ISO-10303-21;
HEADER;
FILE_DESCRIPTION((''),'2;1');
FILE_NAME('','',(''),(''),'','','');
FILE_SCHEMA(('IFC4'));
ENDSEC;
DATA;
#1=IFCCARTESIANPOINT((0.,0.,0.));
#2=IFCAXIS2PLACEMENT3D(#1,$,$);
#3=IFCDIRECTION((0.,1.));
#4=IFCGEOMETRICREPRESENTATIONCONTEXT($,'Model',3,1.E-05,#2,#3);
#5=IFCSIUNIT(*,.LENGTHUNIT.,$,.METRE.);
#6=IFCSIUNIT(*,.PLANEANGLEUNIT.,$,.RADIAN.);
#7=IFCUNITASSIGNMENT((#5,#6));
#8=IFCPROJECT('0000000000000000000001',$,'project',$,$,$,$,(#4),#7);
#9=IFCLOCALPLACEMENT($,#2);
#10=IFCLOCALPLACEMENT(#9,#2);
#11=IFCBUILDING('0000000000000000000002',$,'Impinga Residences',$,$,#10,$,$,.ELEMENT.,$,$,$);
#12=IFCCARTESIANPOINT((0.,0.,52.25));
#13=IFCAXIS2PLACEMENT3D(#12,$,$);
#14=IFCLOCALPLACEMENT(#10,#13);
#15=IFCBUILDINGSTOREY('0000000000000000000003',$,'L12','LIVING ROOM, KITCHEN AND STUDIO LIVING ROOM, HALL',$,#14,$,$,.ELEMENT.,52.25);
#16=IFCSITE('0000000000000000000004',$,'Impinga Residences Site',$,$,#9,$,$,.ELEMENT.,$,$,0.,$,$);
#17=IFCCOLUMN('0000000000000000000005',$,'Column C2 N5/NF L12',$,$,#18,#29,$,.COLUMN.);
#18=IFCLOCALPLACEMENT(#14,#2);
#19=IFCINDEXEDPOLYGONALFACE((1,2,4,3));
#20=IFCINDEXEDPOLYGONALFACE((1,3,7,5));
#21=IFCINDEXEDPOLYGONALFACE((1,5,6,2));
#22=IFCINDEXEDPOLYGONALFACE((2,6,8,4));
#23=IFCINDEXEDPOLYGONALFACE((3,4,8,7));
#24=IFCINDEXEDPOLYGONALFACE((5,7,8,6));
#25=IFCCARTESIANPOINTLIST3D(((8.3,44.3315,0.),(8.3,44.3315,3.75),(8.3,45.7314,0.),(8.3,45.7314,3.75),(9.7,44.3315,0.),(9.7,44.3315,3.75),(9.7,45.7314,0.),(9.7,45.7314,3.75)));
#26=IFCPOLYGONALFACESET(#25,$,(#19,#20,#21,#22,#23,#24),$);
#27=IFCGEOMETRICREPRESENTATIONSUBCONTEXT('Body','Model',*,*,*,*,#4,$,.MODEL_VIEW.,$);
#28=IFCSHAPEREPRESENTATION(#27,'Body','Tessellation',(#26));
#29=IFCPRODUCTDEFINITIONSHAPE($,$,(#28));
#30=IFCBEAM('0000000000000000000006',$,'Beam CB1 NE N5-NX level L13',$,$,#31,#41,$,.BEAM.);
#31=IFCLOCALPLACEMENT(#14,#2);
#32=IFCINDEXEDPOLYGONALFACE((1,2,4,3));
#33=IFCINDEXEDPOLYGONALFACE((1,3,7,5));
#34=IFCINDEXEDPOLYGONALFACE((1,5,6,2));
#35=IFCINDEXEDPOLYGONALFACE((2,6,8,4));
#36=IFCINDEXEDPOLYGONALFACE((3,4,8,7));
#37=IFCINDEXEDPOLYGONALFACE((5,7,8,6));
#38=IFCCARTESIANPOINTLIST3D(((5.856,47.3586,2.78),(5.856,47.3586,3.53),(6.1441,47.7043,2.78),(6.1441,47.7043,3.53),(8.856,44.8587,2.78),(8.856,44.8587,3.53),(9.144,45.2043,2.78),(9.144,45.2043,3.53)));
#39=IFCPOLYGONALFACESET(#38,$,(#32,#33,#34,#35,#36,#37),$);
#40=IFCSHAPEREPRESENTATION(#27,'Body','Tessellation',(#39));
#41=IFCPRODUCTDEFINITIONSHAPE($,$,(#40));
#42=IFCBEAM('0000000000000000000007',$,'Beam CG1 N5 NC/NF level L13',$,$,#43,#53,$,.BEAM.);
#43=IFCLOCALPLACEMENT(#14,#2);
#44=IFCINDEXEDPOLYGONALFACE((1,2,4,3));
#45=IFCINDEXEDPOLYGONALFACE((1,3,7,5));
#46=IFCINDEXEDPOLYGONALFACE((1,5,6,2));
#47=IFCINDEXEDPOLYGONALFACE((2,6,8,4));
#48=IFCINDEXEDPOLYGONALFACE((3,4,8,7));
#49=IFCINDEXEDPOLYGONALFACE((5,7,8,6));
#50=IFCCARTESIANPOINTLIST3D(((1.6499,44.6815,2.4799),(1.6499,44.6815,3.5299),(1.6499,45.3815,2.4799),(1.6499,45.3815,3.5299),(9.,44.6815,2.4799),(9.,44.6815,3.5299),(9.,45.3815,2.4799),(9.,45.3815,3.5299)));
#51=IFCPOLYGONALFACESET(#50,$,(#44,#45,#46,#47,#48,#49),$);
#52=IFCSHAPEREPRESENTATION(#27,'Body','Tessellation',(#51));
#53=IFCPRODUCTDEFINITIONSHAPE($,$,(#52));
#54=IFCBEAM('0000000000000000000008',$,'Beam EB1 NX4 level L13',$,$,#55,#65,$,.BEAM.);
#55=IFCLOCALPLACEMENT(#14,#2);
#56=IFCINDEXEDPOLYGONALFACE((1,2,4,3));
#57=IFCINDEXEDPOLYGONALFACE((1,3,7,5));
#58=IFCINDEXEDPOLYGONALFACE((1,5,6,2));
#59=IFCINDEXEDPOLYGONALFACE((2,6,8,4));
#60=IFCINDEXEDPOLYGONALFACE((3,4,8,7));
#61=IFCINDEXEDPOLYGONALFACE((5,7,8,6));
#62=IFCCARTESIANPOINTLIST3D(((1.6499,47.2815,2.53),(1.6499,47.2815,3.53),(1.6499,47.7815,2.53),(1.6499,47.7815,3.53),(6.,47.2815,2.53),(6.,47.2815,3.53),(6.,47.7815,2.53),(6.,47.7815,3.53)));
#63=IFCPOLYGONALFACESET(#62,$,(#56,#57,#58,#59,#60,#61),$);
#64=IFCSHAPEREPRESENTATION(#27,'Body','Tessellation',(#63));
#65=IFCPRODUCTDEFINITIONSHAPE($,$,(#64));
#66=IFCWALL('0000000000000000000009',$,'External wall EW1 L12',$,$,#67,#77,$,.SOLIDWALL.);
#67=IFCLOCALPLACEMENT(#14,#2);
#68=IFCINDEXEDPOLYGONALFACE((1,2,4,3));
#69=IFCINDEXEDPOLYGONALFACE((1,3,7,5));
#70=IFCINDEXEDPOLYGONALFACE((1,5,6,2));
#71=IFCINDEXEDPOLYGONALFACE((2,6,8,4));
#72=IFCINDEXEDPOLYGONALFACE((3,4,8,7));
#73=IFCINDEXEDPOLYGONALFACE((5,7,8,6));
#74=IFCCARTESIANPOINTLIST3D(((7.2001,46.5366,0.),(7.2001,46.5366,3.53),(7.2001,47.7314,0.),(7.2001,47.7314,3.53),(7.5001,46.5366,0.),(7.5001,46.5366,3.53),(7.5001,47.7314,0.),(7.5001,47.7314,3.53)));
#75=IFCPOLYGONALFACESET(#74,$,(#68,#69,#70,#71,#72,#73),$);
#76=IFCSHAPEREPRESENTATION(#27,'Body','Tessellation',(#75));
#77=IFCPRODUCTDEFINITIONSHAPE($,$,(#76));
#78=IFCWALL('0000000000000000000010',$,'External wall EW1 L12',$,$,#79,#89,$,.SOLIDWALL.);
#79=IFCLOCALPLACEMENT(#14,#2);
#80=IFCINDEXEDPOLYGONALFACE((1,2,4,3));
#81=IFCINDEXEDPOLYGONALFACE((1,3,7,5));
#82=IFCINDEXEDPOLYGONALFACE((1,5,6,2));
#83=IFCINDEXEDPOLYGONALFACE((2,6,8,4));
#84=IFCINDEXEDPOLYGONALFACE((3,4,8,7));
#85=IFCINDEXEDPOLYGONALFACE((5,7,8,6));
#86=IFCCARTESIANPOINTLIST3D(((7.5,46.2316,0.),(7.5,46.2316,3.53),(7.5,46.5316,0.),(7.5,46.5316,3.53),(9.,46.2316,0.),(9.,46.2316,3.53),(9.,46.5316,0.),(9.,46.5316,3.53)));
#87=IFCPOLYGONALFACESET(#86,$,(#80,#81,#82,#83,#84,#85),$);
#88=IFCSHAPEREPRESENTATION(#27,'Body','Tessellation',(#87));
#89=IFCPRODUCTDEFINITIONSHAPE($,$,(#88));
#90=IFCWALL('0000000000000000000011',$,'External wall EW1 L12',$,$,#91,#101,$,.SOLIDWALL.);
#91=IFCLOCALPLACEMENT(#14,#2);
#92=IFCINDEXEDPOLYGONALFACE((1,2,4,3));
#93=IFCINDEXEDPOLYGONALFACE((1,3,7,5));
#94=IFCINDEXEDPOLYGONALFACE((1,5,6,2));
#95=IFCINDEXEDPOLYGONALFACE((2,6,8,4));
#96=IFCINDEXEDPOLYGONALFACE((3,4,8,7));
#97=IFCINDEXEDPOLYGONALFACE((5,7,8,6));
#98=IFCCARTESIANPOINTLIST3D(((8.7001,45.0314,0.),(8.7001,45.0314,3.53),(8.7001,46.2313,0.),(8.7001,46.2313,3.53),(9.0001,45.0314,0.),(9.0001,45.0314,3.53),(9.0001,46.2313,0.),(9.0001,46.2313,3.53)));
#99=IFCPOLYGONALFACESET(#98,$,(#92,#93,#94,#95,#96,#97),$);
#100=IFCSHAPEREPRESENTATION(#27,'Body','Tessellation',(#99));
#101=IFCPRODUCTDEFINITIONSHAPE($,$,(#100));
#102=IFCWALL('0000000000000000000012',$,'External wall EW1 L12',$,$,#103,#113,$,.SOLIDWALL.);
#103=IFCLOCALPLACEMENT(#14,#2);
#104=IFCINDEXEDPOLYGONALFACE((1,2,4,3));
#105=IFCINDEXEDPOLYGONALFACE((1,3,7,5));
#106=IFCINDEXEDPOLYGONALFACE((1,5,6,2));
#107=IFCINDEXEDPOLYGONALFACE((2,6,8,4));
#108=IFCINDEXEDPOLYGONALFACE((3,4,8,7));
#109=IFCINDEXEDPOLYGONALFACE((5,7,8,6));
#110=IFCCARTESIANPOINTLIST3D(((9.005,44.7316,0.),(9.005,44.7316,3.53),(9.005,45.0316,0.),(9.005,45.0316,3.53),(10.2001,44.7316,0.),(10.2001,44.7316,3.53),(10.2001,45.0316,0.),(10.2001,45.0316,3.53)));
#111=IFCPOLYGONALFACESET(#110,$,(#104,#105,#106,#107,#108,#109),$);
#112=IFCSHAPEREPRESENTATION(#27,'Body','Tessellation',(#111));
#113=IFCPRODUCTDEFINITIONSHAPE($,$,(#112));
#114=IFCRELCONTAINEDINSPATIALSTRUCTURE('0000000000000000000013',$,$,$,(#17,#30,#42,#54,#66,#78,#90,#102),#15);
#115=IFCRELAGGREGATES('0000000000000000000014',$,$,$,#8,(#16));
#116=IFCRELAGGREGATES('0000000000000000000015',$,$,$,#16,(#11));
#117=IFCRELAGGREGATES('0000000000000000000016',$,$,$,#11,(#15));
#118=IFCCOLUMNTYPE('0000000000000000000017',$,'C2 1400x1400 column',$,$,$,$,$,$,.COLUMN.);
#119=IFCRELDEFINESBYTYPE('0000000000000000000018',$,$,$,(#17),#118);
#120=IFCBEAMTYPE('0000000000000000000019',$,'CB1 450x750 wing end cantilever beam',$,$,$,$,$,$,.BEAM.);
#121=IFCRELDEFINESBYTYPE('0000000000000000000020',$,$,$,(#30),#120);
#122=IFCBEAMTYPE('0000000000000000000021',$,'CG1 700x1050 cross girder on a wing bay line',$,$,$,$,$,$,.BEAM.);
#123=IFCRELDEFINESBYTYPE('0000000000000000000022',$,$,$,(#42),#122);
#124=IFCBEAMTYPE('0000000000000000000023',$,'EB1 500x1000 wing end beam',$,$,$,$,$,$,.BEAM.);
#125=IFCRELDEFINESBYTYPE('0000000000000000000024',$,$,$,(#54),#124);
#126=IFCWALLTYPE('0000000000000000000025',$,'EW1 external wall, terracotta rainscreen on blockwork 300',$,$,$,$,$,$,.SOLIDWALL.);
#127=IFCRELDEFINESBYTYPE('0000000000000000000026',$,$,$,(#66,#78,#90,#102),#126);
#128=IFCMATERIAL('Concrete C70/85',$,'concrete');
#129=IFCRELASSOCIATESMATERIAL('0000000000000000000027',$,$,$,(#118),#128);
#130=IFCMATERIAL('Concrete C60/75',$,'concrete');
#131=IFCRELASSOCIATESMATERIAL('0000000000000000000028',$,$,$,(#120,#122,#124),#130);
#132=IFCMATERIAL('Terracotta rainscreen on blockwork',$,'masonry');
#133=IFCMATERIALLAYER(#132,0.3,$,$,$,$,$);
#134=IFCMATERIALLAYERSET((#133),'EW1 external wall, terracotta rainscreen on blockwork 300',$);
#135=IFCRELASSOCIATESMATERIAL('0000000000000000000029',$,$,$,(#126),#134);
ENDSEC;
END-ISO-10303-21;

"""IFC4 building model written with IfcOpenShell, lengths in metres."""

from ifc_helpers import new_model, si_unit, direction, frame, frame_2d, origin, origin_2d, place, context, subcontext, project, spatial, rectangle, extrude, material, layer, layer_set, material_profile, profile_set, type_object, element, save


model = new_model("IFC4")

# Units and contexts
model_context = context("Model", 3, precision=1e-05, world=origin(), true_north=direction((0.0, 1.0)))
body_context = subcontext(model_context, "Body", "Model", "MODEL_VIEW")
ifc_project = project(units=[si_unit("LENGTHUNIT", "METRE"), si_unit("PLANEANGLEUNIT", "RADIAN")], contexts=[model_context])

# Site, building, storey
site_placement = place(None, origin())
site = spatial("IfcSite", under=ifc_project, at=site_placement, Name="Impinga Residences Site", CompositionType="ELEMENT", RefElevation=0.0)
building_placement = place(site_placement, origin())
building = spatial("IfcBuilding", under=site, at=building_placement, Name="Impinga Residences", CompositionType="ELEMENT")
storey_placement = place(building_placement, frame((0.0, 0.0, 52.25)))
storey = spatial("IfcBuildingStorey", under=building, at=storey_placement, Name="L12", Description="LIVING ROOM, KITCHEN AND STUDIO LIVING ROOM, HALL", CompositionType="ELEMENT", Elevation=52.25)

# Column
ifc_material_1 = material(Name="Concrete C70/85", Category="concrete")
ifc_material_profile_1 = material_profile(ifc_material_1, rectangle(XDim=1.3999, YDim=1.3999, at=origin_2d()), Name="RC 1400x1400")
ifc_profile_set_1 = profile_set([ifc_material_profile_1], Name="Concrete C70/85")
column_type = type_object("IfcColumnType", Name="C2 1400x1400 column", PredefinedType="COLUMN", material=ifc_profile_set_1)
column_placement = place(storey_placement, frame((9.0, 45.0315, 0.0), z_axis=(0.0, 0.0, 1.0), x_axis=(1.0, 0.0, 0.0)))
element("IfcColumn", 1, at=column_placement, inside=storey, type_object=column_type, Name="Column C2 N5/NF L12", PredefinedType="COLUMN", context=body_context, shape_type="SweptSolid", body=[
    extrude(rectangle(XDim=1.3999, YDim=1.3999, at=origin_2d()), origin(), (0.0, 0.0, 1.0), 3.75),
])

# Beams
ifc_material_2 = material(Name="Concrete C60/75", Category="concrete")
ifc_material_profile_2 = material_profile(ifc_material_2, rectangle(XDim=0.45, YDim=0.75, at=origin_2d()), Name="RC 450x750")
ifc_profile_set_2 = profile_set([ifc_material_profile_2], Name="Concrete C60/75")
beam_type_1 = type_object("IfcBeamType", Name="CB1 450x750 wing end cantilever beam", PredefinedType="BEAM", material=ifc_profile_set_2)
beam_1_placement = place(storey_placement, frame((9.0, 45.0315, 3.155), z_axis=(-0.768221, 0.640184, 0.0), x_axis=(-0.640184, -0.768221, 0.0)))
element("IfcBeam", 2, at=beam_1_placement, inside=storey, type_object=beam_type_1, Name="Beam CB1 NE N5-NX level L13", PredefinedType="BEAM", context=body_context, shape_type="SweptSolid", body=[
    extrude(rectangle(XDim=0.45, YDim=0.75, at=origin_2d()), origin(), (0.0, 0.0, 1.0), 3.905),
])
ifc_material_profile_3 = material_profile(ifc_material_2, rectangle(XDim=0.7, YDim=1.05, at=origin_2d()), Name="RC 700x1050")
ifc_profile_set_3 = profile_set([ifc_material_profile_3], Name="Concrete C60/75")
beam_type_2 = type_object("IfcBeamType", Name="CG1 700x1050 cross girder on a wing bay line", PredefinedType="BEAM", material=ifc_profile_set_3)
beam_2_placement = place(storey_placement, frame((1.6499, 45.0315, 3.0049), z_axis=(1.0, 0.0, 0.0), x_axis=(0.0, 1.0, 0.0)))
element("IfcBeam", 3, at=beam_2_placement, inside=storey, type_object=beam_type_2, Name="Beam CG1 N5 NC/NF level L13", PredefinedType="BEAM", context=body_context, shape_type="SweptSolid", body=[
    extrude(rectangle(XDim=0.7, YDim=1.05, at=origin_2d()), origin(), (0.0, 0.0, 1.0), 7.3501),
])
ifc_material_profile_4 = material_profile(ifc_material_2, rectangle(XDim=0.5, YDim=1.0, at=origin_2d()), Name="RC 500x1000")
ifc_profile_set_4 = profile_set([ifc_material_profile_4], Name="Concrete C60/75")
beam_type_3 = type_object("IfcBeamType", Name="EB1 500x1000 wing end beam", PredefinedType="BEAM", material=ifc_profile_set_4)
beam_3_placement = place(storey_placement, frame((1.6499, 47.5315, 3.03), z_axis=(1.0, 0.0, 0.0), x_axis=(0.0, 1.0, 0.0)))
element("IfcBeam", 4, at=beam_3_placement, inside=storey, type_object=beam_type_3, Name="Beam EB1 NX4 level L13", PredefinedType="BEAM", context=body_context, shape_type="SweptSolid", body=[
    extrude(rectangle(XDim=0.5, YDim=1.0, at=origin_2d()), origin(), (0.0, 0.0, 1.0), 4.3501),
])

# Walls
ifc_material_3 = material(Name="Terracotta rainscreen on blockwork", Category="masonry")
ifc_layer_1 = layer(ifc_material_3, 0.3)
ifc_layer_set_1 = layer_set([ifc_layer_1], Name="EW1 external wall, terracotta rainscreen on blockwork 300")
wall_type_1 = type_object("IfcWallType", Name="EW1 external wall, terracotta rainscreen on blockwork 300", PredefinedType="SOLIDWALL", material=ifc_layer_set_1)
wall_1_placement = place(storey_placement, frame((7.3501, 47.7314, 0.0), z_axis=(0.0, 0.0, 1.0), x_axis=(0.0, -1.0, 0.0)))
element("IfcWall", 5, at=wall_1_placement, inside=storey, type_object=wall_type_1, Name="External wall EW1 L12", PredefinedType="SOLIDWALL", context=body_context, shape_type="SweptSolid", body=[
    extrude(rectangle(XDim=1.1948, YDim=0.3, at=frame_2d((0.5974, 0.0))), origin(), (0.0, 0.0, 1.0), 3.53),
])
wall_2_placement = place(storey_placement, frame((7.5, 46.3816, 0.0), z_axis=(0.0, 0.0, 1.0), x_axis=(1.0, 0.0, 0.0)))
element("IfcWall", 6, at=wall_2_placement, inside=storey, type_object=wall_type_1, Name="External wall EW1 L12", PredefinedType="SOLIDWALL", context=body_context, shape_type="SweptSolid", body=[
    extrude(rectangle(XDim=1.5, YDim=0.3, at=frame_2d((0.75, 0.0))), origin(), (0.0, 0.0, 1.0), 3.53),
])
wall_3_placement = place(storey_placement, frame((8.8501, 46.2314, 0.0), z_axis=(0.0, 0.0, 1.0), x_axis=(0.0, -1.0, 0.0)))
element("IfcWall", 7, at=wall_3_placement, inside=storey, type_object=wall_type_1, Name="External wall EW1 L12", PredefinedType="SOLIDWALL", context=body_context, shape_type="SweptSolid", body=[
    extrude(rectangle(XDim=1.2, YDim=0.3, at=frame_2d((0.6001, 0.0))), origin(), (0.0, 0.0, 1.0), 3.53),
])
wall_4_placement = place(storey_placement, frame((9.0049, 44.8816, 0.0), z_axis=(0.0, 0.0, 1.0), x_axis=(1.0, 0.0, 0.0)))
element("IfcWall", 8, at=wall_4_placement, inside=storey, type_object=wall_type_1, Name="External wall EW1 L12", PredefinedType="SOLIDWALL", context=body_context, shape_type="SweptSolid", body=[
    extrude(rectangle(XDim=1.1951, YDim=0.3, at=frame_2d((0.5977, 0.0))), origin(), (0.0, 0.0, 1.0), 3.53),
])

save(model, "model.ifc")
